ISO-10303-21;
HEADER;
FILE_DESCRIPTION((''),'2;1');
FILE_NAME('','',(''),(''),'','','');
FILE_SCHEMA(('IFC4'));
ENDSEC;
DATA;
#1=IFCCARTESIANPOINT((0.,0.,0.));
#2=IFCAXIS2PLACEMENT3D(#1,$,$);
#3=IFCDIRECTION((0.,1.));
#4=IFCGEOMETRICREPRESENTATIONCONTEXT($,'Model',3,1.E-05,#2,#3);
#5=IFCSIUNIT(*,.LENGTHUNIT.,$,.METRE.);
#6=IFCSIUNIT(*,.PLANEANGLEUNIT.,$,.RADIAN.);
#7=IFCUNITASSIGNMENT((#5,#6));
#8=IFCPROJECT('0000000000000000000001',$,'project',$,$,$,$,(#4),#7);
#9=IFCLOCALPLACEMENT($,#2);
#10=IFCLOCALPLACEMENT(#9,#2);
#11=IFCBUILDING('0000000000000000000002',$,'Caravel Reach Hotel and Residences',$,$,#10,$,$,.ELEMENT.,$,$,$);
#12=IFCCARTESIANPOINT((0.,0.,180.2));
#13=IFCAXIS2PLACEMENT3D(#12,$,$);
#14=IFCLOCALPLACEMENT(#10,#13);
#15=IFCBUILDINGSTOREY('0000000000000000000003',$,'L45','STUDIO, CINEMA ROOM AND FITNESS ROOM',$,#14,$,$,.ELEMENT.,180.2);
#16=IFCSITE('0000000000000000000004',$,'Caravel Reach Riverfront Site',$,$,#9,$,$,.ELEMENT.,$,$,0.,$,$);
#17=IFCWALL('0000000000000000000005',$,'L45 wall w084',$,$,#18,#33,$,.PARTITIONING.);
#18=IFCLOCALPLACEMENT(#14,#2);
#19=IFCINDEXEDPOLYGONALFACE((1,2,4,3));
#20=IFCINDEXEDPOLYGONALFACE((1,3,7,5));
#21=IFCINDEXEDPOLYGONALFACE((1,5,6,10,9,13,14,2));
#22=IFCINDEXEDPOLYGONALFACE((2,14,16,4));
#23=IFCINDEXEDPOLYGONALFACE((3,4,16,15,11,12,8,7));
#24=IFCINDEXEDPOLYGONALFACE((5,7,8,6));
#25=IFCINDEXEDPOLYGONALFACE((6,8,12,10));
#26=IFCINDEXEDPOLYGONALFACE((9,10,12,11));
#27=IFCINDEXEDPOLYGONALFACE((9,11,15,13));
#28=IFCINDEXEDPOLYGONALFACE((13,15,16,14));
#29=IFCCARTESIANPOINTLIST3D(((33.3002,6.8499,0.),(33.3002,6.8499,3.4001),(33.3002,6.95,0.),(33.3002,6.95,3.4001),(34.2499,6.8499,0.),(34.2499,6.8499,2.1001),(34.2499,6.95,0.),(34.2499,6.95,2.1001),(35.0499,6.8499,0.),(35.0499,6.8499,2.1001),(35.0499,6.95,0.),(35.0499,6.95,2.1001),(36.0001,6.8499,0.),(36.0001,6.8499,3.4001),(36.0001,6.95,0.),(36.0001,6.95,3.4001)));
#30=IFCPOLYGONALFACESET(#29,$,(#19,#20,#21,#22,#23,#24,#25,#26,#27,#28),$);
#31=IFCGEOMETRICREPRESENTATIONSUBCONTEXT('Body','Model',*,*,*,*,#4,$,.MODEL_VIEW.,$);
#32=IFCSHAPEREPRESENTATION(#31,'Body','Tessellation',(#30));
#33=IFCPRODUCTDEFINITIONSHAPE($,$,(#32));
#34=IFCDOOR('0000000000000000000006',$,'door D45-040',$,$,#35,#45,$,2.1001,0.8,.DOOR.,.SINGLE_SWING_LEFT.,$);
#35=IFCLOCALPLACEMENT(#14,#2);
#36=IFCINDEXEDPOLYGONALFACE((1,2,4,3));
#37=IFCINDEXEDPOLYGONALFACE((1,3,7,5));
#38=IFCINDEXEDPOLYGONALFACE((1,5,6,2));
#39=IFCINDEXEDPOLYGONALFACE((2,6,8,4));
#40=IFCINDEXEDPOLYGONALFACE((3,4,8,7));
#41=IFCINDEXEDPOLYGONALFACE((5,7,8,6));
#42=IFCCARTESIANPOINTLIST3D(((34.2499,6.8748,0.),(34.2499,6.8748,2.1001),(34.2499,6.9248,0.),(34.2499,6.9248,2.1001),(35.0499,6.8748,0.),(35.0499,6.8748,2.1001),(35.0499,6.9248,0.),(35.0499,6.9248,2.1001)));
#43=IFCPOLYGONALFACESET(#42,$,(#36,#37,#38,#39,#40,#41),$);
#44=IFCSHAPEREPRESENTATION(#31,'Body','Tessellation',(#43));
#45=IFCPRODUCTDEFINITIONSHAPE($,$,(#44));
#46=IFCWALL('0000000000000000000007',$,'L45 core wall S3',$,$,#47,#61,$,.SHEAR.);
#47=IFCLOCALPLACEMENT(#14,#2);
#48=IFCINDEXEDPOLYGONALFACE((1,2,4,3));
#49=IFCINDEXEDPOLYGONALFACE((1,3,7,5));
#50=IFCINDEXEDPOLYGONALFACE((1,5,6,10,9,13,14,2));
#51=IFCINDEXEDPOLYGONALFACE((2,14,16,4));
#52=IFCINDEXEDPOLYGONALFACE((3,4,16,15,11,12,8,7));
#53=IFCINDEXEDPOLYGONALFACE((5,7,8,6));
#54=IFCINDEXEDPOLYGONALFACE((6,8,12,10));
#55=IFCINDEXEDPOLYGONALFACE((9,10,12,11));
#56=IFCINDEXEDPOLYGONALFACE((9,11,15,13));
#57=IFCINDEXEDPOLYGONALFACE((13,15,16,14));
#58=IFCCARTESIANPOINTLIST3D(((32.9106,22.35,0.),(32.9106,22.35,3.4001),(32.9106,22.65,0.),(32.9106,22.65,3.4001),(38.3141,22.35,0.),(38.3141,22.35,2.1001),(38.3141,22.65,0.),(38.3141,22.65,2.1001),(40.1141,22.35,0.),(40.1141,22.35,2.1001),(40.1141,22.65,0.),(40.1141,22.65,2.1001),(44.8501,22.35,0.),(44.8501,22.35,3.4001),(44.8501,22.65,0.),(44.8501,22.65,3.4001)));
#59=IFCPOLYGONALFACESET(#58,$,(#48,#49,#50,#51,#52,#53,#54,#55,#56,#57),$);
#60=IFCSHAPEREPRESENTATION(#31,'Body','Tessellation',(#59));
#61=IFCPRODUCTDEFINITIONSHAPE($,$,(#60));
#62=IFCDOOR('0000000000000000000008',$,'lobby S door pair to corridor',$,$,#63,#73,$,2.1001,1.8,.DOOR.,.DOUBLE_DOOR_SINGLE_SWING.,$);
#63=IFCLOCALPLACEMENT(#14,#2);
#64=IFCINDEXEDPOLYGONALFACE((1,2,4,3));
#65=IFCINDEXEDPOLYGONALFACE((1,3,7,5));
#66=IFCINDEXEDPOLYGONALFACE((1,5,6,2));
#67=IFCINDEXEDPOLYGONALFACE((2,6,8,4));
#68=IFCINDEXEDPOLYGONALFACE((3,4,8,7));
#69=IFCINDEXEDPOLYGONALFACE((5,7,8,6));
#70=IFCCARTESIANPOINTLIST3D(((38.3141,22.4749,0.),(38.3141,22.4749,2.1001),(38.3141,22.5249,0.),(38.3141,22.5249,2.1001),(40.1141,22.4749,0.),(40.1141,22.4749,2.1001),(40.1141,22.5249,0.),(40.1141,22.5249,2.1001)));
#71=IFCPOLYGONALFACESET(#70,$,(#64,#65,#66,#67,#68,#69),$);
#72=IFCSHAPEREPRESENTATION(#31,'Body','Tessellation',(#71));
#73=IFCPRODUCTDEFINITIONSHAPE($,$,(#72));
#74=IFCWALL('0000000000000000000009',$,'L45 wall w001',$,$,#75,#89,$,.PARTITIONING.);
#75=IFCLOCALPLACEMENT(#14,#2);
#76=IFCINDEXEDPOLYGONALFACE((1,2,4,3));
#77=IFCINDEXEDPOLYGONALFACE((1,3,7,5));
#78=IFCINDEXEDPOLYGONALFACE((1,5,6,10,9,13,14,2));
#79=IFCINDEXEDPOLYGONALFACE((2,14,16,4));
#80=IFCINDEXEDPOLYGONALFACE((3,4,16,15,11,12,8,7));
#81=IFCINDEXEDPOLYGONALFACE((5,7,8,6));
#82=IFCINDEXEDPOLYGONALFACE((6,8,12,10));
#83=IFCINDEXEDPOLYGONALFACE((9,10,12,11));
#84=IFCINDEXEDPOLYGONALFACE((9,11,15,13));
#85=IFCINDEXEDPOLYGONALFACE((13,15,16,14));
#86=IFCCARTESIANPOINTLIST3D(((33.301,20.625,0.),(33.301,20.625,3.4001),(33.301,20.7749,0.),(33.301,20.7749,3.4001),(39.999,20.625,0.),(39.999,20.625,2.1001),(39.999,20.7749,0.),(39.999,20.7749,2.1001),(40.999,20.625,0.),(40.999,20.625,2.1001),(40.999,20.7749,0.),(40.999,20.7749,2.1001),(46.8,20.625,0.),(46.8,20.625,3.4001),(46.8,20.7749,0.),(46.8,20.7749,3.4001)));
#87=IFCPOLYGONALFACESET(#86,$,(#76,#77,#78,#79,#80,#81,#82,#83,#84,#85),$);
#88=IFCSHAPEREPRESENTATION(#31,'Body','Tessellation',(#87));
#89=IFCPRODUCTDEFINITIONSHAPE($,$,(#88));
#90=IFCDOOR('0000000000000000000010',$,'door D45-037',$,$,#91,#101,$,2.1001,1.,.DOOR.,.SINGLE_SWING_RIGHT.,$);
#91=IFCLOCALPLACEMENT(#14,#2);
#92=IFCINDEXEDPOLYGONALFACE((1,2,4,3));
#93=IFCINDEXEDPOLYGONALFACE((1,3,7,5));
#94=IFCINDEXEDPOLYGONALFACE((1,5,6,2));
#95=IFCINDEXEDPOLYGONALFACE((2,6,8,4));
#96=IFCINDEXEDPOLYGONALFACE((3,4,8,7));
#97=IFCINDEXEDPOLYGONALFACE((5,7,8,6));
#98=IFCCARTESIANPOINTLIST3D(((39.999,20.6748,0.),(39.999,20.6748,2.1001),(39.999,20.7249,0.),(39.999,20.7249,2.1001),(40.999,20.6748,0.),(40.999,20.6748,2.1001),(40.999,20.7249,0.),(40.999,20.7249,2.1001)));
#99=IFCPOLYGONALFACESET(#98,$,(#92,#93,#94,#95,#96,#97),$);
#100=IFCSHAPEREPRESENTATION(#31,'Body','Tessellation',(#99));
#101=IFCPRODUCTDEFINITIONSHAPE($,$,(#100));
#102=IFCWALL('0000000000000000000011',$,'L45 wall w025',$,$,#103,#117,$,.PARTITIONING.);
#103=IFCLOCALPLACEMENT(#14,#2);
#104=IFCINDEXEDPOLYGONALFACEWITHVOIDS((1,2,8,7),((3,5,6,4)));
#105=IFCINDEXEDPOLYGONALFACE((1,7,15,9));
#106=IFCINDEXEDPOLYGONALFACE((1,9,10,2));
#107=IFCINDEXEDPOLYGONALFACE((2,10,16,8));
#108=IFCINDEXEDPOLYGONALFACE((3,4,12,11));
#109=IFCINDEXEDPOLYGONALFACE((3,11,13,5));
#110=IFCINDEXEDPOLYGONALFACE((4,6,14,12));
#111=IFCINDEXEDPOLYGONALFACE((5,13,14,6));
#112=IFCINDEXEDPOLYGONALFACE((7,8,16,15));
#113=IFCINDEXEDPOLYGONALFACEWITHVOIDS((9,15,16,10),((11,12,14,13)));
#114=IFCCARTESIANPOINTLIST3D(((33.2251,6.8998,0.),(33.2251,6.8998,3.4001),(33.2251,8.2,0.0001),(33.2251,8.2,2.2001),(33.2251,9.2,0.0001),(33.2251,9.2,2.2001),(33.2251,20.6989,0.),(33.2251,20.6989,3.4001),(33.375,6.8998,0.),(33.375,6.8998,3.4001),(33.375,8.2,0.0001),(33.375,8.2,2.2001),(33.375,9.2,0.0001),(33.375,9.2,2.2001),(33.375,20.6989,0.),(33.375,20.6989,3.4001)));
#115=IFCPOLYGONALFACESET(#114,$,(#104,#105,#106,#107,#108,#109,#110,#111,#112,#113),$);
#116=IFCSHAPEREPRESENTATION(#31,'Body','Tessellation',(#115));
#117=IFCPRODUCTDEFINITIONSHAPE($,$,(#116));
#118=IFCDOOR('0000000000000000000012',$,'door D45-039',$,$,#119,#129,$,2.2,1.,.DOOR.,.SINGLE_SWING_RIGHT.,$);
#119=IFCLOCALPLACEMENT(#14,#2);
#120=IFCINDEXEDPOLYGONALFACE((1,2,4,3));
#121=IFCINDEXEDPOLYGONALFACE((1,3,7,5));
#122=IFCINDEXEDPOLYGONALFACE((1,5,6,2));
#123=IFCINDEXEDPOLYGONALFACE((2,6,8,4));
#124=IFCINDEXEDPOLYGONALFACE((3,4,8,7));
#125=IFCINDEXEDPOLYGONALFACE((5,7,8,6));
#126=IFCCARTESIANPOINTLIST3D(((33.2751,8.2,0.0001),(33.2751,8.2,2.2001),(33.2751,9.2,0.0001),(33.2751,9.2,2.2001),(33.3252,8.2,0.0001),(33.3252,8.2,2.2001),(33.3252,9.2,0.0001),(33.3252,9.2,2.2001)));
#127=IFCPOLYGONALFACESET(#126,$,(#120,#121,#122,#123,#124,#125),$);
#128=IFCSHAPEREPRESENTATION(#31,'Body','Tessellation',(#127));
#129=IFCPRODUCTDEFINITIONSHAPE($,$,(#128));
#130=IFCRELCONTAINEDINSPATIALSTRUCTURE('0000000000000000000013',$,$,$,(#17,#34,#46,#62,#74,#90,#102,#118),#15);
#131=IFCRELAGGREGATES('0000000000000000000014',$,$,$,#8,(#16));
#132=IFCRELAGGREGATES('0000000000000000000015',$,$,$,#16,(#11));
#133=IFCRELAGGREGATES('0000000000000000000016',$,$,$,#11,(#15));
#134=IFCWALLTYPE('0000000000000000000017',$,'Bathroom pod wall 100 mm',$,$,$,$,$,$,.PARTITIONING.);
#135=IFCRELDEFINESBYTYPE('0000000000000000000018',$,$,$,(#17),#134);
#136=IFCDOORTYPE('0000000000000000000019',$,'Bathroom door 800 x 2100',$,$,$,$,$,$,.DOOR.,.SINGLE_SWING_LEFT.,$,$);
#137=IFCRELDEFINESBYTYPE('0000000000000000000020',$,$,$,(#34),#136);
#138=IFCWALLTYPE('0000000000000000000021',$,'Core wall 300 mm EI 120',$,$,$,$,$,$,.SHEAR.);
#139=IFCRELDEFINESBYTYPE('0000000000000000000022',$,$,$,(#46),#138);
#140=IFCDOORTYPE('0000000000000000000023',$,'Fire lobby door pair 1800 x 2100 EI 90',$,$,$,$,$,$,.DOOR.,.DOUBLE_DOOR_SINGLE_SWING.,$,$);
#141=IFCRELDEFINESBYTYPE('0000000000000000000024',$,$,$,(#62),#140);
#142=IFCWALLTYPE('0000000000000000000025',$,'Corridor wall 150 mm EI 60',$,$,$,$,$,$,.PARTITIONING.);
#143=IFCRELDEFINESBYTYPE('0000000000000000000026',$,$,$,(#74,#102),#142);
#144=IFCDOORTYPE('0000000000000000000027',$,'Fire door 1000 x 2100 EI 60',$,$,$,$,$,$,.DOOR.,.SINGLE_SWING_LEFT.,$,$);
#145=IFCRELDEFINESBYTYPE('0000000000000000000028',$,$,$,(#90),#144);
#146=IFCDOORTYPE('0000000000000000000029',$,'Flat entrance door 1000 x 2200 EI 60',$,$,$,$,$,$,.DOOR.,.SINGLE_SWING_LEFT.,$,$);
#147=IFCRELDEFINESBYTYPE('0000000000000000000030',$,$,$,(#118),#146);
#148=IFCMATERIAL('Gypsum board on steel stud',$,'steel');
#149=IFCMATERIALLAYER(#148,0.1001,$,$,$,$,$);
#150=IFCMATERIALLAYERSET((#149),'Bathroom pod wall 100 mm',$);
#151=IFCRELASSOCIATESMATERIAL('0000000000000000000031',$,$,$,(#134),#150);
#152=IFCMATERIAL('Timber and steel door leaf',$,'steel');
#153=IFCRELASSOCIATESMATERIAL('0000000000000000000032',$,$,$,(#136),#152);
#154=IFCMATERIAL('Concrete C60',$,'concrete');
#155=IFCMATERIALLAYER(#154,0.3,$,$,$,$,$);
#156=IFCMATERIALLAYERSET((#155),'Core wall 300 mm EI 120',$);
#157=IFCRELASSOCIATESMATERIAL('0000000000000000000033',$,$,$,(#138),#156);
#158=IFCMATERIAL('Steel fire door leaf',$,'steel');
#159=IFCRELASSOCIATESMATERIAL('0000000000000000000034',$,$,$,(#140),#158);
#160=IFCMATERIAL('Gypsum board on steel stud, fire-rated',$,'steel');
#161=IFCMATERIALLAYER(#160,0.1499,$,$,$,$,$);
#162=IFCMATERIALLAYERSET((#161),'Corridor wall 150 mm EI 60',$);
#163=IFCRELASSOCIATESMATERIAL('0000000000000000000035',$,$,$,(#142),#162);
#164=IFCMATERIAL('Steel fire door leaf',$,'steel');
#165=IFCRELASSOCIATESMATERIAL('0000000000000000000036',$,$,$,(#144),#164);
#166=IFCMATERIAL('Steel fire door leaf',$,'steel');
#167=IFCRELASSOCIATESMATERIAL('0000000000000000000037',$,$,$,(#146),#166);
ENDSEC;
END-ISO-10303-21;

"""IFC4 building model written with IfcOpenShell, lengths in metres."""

from ifc_helpers import new_model, si_unit, direction, frame, frame_2d, origin, place, context, subcontext, project, spatial, rectangle, extrude, material, layer, layer_set, type_object, element, fill, save


model = new_model("IFC4")

# Units and contexts
model_context = context("Model", 3, precision=1e-05, world=origin(), true_north=direction((0.0, 1.0)))
body_context = subcontext(model_context, "Body", "Model", "MODEL_VIEW")
ifc_project = project(units=[si_unit("LENGTHUNIT", "METRE"), si_unit("PLANEANGLEUNIT", "RADIAN")], contexts=[model_context])

# Site, building, storey
site_placement = place(None, origin())
site = spatial("IfcSite", under=ifc_project, at=site_placement, Name="Caravel Reach Riverfront Site", CompositionType="ELEMENT", RefElevation=0.0)
building_placement = place(site_placement, origin())
building = spatial("IfcBuilding", under=site, at=building_placement, Name="Caravel Reach Hotel and Residences", CompositionType="ELEMENT")
storey_placement = place(building_placement, frame((0.0, 0.0, 180.2)))
storey = spatial("IfcBuildingStorey", under=building, at=storey_placement, Name="L45", Description="STUDIO, CINEMA ROOM AND FITNESS ROOM", CompositionType="ELEMENT", Elevation=180.2)

# Walls, openings, doors
ifc_material_1 = material(Name="Gypsum board on steel stud", Category="steel")
ifc_layer_1 = layer(ifc_material_1, 0.1001)
ifc_layer_set_1 = layer_set([ifc_layer_1], Name="Bathroom pod wall 100 mm")
wall_type_1 = type_object("IfcWallType", Name="Bathroom pod wall 100 mm", PredefinedType="PARTITIONING", material=ifc_layer_set_1)
wall_1_placement = place(storey_placement, frame((33.3, 6.8999, 0.0), z_axis=(0.0, 0.0, 1.0), x_axis=(1.0, 0.0, 0.0)))
wall_1 = element("IfcWall", 1, at=wall_1_placement, inside=storey, type_object=wall_type_1, Name="L45 wall w084", PredefinedType="PARTITIONING", context=body_context, shape_type="SweptSolid", body=[
    extrude(rectangle(XDim=2.7, YDim=0.1001, at=frame_2d((1.3501, 0.0))), origin(), (0.0, 0.0, 1.0), 3.4001),
])
opening_1_placement = place(wall_1_placement, frame((0.95, 0.0, 0.0)))
opening_1 = element("IfcOpeningElement", 2, at=opening_1_placement, cuts=wall_1, PredefinedType="OPENING", context=body_context, shape_type="SweptSolid", body=[
    extrude(rectangle(XDim=0.8, YDim=2.1001, at=frame_2d((0.3999, 1.05))), frame((0.0, 0.0601, 0.0), z_axis=(0.0, -1.0, 0.0), x_axis=(1.0, 0.0, 0.0)), (0.0, 0.0, 1.0), 0.1201),
])
ifc_material_2 = material(Name="Timber and steel door leaf", Category="steel")
door_type_1 = type_object("IfcDoorType", Name="Bathroom door 800 x 2100", OperationType="SINGLE_SWING_LEFT", PredefinedType="DOOR", material=ifc_material_2)
door_1_placement = place(opening_1_placement, origin())
door_1 = element("IfcDoor", 3, at=door_1_placement, inside=storey, type_object=door_type_1, Name="door D45-040", OperationType="SINGLE_SWING_LEFT", OverallHeight=2.1001, OverallWidth=0.8, PredefinedType="DOOR", context=body_context, shape_type="SweptSolid", body=[
    extrude(rectangle(XDim=0.8, YDim=2.1001, at=frame_2d((0.3999, 1.05))), frame((0.0, 0.0249, 0.0), z_axis=(0.0, -1.0, 0.0), x_axis=(1.0, 0.0, 0.0)), (0.0, 0.0, 1.0), 0.05),
])
fill(opening_1, door_1)
ifc_material_3 = material(Name="Concrete C60", Category="concrete")
ifc_layer_2 = layer(ifc_material_3, 0.3)
ifc_layer_set_2 = layer_set([ifc_layer_2], Name="Core wall 300 mm EI 120")
wall_type_2 = type_object("IfcWallType", Name="Core wall 300 mm EI 120", PredefinedType="SHEAR", material=ifc_layer_set_2)
wall_2_placement = place(storey_placement, frame((32.9106, 22.5, 0.0), z_axis=(0.0, 0.0, 1.0), x_axis=(1.0, 0.0, 0.0)))
wall_2 = element("IfcWall", 4, at=wall_2_placement, inside=storey, type_object=wall_type_2, Name="L45 core wall S3", PredefinedType="SHEAR", context=body_context, shape_type="SweptSolid", body=[
    extrude(rectangle(XDim=11.9395, YDim=0.3, at=frame_2d((5.9697, 0.0))), origin(), (0.0, 0.0, 1.0), 3.4001),
])
opening_2_placement = place(wall_2_placement, frame((5.4036, 0.0, 0.0)))
opening_2 = element("IfcOpeningElement", 5, at=opening_2_placement, cuts=wall_2, PredefinedType="OPENING", context=body_context, shape_type="SweptSolid", body=[
    extrude(rectangle(XDim=1.8, YDim=2.1001, at=frame_2d((0.8999, 1.05))), frame((0.0, 0.1599, 0.0), z_axis=(0.0, -1.0, 0.0), x_axis=(1.0, 0.0, 0.0)), (0.0, 0.0, 1.0), 0.3201),
])
ifc_material_4 = material(Name="Steel fire door leaf", Category="steel")
door_type_2 = type_object("IfcDoorType", Name="Fire lobby door pair 1800 x 2100 EI 90", OperationType="DOUBLE_DOOR_SINGLE_SWING", PredefinedType="DOOR", material=ifc_material_4)
door_2_placement = place(opening_2_placement, origin())
door_2 = element("IfcDoor", 6, at=door_2_placement, inside=storey, type_object=door_type_2, Name="lobby S door pair to corridor", OperationType="DOUBLE_DOOR_SINGLE_SWING", OverallHeight=2.1001, OverallWidth=1.8, PredefinedType="DOOR", context=body_context, shape_type="SweptSolid", body=[
    extrude(rectangle(XDim=1.8, YDim=2.1001, at=frame_2d((0.8999, 1.05))), frame((0.0, 0.0249, 0.0), z_axis=(0.0, -1.0, 0.0), x_axis=(1.0, 0.0, 0.0)), (0.0, 0.0, 1.0), 0.05),
])
fill(opening_2, door_2)
ifc_material_5 = material(Name="Gypsum board on steel stud, fire-rated", Category="steel")
ifc_layer_3 = layer(ifc_material_5, 0.1499)
ifc_layer_set_3 = layer_set([ifc_layer_3], Name="Corridor wall 150 mm EI 60")
wall_type_3 = type_object("IfcWallType", Name="Corridor wall 150 mm EI 60", PredefinedType="PARTITIONING", material=ifc_layer_set_3)
wall_3_placement = place(storey_placement, frame((33.301, 20.7, 0.0), z_axis=(0.0, 0.0, 1.0), x_axis=(1.0, 0.0, 0.0)))
wall_3 = element("IfcWall", 7, at=wall_3_placement, inside=storey, type_object=wall_type_3, Name="L45 wall w001", PredefinedType="PARTITIONING", context=body_context, shape_type="SweptSolid", body=[
    extrude(rectangle(XDim=13.499, YDim=0.1499, at=frame_2d((6.7495, 0.0))), origin(), (0.0, 0.0, 1.0), 3.4001),
])
opening_3_placement = place(wall_3_placement, frame((6.698, 0.0, 0.0)))
opening_3 = element("IfcOpeningElement", 8, at=opening_3_placement, cuts=wall_3, PredefinedType="OPENING", context=body_context, shape_type="SweptSolid", body=[
    extrude(rectangle(XDim=1.0, YDim=2.1001, at=frame_2d((0.5, 1.05))), frame((0.0, 0.085, 0.0), z_axis=(0.0, -1.0, 0.0), x_axis=(1.0, 0.0, 0.0)), (0.0, 0.0, 1.0), 0.1699),
])
ifc_material_6 = material(Name="Steel fire door leaf", Category="steel")
door_type_3 = type_object("IfcDoorType", Name="Fire door 1000 x 2100 EI 60", OperationType="SINGLE_SWING_LEFT", PredefinedType="DOOR", material=ifc_material_6)
door_3_placement = place(opening_3_placement, origin())
door_3 = element("IfcDoor", 9, at=door_3_placement, inside=storey, type_object=door_type_3, Name="door D45-037", OperationType="SINGLE_SWING_RIGHT", OverallHeight=2.1001, OverallWidth=1.0, PredefinedType="DOOR", context=body_context, shape_type="SweptSolid", body=[
    extrude(rectangle(XDim=1.0, YDim=2.1001, at=frame_2d((0.5, 1.05))), frame((0.0, 0.0249, 0.0), z_axis=(0.0, -1.0, 0.0), x_axis=(1.0, 0.0, 0.0)), (0.0, 0.0, 1.0), 0.05),
])
fill(opening_3, door_3)
wall_4_placement = place(storey_placement, frame((33.3, 6.8999, 0.0), z_axis=(0.0, 0.0, 1.0), x_axis=(0.0, 1.0, 0.0)))
wall_4 = element("IfcWall", 10, at=wall_4_placement, inside=storey, type_object=wall_type_3, Name="L45 wall w025", PredefinedType="PARTITIONING", context=body_context, shape_type="SweptSolid", body=[
    extrude(rectangle(XDim=13.7991, YDim=0.1499, at=frame_2d((6.8994, 0.0))), origin(), (0.0, 0.0, 1.0), 3.4001),
])
opening_4_placement = place(wall_4_placement, frame((1.3, 0.0, 0.0)))
opening_4 = element("IfcOpeningElement", 11, at=opening_4_placement, cuts=wall_4, PredefinedType="OPENING", context=body_context, shape_type="SweptSolid", body=[
    extrude(rectangle(XDim=1.0, YDim=2.2, at=frame_2d((0.5, 1.1001))), frame((0.0, 0.085, 0.0), z_axis=(0.0, -1.0, 0.0), x_axis=(1.0, 0.0, 0.0)), (0.0, 0.0, 1.0), 0.1699),
])
ifc_material_7 = material(Name="Steel fire door leaf", Category="steel")
door_type_4 = type_object("IfcDoorType", Name="Flat entrance door 1000 x 2200 EI 60", OperationType="SINGLE_SWING_LEFT", PredefinedType="DOOR", material=ifc_material_7)
door_4_placement = place(opening_4_placement, origin())
door_4 = element("IfcDoor", 12, at=door_4_placement, inside=storey, type_object=door_type_4, Name="door D45-039", OperationType="SINGLE_SWING_RIGHT", OverallHeight=2.2, OverallWidth=1.0, PredefinedType="DOOR", context=body_context, shape_type="SweptSolid", body=[
    extrude(rectangle(XDim=1.0, YDim=2.2, at=frame_2d((0.5, 1.1001))), frame((0.0, 0.0249, 0.0), z_axis=(0.0, -1.0, 0.0), x_axis=(1.0, 0.0, 0.0)), (0.0, 0.0, 1.0), 0.05),
])
fill(opening_4, door_4)

save(model, "model.ifc")
